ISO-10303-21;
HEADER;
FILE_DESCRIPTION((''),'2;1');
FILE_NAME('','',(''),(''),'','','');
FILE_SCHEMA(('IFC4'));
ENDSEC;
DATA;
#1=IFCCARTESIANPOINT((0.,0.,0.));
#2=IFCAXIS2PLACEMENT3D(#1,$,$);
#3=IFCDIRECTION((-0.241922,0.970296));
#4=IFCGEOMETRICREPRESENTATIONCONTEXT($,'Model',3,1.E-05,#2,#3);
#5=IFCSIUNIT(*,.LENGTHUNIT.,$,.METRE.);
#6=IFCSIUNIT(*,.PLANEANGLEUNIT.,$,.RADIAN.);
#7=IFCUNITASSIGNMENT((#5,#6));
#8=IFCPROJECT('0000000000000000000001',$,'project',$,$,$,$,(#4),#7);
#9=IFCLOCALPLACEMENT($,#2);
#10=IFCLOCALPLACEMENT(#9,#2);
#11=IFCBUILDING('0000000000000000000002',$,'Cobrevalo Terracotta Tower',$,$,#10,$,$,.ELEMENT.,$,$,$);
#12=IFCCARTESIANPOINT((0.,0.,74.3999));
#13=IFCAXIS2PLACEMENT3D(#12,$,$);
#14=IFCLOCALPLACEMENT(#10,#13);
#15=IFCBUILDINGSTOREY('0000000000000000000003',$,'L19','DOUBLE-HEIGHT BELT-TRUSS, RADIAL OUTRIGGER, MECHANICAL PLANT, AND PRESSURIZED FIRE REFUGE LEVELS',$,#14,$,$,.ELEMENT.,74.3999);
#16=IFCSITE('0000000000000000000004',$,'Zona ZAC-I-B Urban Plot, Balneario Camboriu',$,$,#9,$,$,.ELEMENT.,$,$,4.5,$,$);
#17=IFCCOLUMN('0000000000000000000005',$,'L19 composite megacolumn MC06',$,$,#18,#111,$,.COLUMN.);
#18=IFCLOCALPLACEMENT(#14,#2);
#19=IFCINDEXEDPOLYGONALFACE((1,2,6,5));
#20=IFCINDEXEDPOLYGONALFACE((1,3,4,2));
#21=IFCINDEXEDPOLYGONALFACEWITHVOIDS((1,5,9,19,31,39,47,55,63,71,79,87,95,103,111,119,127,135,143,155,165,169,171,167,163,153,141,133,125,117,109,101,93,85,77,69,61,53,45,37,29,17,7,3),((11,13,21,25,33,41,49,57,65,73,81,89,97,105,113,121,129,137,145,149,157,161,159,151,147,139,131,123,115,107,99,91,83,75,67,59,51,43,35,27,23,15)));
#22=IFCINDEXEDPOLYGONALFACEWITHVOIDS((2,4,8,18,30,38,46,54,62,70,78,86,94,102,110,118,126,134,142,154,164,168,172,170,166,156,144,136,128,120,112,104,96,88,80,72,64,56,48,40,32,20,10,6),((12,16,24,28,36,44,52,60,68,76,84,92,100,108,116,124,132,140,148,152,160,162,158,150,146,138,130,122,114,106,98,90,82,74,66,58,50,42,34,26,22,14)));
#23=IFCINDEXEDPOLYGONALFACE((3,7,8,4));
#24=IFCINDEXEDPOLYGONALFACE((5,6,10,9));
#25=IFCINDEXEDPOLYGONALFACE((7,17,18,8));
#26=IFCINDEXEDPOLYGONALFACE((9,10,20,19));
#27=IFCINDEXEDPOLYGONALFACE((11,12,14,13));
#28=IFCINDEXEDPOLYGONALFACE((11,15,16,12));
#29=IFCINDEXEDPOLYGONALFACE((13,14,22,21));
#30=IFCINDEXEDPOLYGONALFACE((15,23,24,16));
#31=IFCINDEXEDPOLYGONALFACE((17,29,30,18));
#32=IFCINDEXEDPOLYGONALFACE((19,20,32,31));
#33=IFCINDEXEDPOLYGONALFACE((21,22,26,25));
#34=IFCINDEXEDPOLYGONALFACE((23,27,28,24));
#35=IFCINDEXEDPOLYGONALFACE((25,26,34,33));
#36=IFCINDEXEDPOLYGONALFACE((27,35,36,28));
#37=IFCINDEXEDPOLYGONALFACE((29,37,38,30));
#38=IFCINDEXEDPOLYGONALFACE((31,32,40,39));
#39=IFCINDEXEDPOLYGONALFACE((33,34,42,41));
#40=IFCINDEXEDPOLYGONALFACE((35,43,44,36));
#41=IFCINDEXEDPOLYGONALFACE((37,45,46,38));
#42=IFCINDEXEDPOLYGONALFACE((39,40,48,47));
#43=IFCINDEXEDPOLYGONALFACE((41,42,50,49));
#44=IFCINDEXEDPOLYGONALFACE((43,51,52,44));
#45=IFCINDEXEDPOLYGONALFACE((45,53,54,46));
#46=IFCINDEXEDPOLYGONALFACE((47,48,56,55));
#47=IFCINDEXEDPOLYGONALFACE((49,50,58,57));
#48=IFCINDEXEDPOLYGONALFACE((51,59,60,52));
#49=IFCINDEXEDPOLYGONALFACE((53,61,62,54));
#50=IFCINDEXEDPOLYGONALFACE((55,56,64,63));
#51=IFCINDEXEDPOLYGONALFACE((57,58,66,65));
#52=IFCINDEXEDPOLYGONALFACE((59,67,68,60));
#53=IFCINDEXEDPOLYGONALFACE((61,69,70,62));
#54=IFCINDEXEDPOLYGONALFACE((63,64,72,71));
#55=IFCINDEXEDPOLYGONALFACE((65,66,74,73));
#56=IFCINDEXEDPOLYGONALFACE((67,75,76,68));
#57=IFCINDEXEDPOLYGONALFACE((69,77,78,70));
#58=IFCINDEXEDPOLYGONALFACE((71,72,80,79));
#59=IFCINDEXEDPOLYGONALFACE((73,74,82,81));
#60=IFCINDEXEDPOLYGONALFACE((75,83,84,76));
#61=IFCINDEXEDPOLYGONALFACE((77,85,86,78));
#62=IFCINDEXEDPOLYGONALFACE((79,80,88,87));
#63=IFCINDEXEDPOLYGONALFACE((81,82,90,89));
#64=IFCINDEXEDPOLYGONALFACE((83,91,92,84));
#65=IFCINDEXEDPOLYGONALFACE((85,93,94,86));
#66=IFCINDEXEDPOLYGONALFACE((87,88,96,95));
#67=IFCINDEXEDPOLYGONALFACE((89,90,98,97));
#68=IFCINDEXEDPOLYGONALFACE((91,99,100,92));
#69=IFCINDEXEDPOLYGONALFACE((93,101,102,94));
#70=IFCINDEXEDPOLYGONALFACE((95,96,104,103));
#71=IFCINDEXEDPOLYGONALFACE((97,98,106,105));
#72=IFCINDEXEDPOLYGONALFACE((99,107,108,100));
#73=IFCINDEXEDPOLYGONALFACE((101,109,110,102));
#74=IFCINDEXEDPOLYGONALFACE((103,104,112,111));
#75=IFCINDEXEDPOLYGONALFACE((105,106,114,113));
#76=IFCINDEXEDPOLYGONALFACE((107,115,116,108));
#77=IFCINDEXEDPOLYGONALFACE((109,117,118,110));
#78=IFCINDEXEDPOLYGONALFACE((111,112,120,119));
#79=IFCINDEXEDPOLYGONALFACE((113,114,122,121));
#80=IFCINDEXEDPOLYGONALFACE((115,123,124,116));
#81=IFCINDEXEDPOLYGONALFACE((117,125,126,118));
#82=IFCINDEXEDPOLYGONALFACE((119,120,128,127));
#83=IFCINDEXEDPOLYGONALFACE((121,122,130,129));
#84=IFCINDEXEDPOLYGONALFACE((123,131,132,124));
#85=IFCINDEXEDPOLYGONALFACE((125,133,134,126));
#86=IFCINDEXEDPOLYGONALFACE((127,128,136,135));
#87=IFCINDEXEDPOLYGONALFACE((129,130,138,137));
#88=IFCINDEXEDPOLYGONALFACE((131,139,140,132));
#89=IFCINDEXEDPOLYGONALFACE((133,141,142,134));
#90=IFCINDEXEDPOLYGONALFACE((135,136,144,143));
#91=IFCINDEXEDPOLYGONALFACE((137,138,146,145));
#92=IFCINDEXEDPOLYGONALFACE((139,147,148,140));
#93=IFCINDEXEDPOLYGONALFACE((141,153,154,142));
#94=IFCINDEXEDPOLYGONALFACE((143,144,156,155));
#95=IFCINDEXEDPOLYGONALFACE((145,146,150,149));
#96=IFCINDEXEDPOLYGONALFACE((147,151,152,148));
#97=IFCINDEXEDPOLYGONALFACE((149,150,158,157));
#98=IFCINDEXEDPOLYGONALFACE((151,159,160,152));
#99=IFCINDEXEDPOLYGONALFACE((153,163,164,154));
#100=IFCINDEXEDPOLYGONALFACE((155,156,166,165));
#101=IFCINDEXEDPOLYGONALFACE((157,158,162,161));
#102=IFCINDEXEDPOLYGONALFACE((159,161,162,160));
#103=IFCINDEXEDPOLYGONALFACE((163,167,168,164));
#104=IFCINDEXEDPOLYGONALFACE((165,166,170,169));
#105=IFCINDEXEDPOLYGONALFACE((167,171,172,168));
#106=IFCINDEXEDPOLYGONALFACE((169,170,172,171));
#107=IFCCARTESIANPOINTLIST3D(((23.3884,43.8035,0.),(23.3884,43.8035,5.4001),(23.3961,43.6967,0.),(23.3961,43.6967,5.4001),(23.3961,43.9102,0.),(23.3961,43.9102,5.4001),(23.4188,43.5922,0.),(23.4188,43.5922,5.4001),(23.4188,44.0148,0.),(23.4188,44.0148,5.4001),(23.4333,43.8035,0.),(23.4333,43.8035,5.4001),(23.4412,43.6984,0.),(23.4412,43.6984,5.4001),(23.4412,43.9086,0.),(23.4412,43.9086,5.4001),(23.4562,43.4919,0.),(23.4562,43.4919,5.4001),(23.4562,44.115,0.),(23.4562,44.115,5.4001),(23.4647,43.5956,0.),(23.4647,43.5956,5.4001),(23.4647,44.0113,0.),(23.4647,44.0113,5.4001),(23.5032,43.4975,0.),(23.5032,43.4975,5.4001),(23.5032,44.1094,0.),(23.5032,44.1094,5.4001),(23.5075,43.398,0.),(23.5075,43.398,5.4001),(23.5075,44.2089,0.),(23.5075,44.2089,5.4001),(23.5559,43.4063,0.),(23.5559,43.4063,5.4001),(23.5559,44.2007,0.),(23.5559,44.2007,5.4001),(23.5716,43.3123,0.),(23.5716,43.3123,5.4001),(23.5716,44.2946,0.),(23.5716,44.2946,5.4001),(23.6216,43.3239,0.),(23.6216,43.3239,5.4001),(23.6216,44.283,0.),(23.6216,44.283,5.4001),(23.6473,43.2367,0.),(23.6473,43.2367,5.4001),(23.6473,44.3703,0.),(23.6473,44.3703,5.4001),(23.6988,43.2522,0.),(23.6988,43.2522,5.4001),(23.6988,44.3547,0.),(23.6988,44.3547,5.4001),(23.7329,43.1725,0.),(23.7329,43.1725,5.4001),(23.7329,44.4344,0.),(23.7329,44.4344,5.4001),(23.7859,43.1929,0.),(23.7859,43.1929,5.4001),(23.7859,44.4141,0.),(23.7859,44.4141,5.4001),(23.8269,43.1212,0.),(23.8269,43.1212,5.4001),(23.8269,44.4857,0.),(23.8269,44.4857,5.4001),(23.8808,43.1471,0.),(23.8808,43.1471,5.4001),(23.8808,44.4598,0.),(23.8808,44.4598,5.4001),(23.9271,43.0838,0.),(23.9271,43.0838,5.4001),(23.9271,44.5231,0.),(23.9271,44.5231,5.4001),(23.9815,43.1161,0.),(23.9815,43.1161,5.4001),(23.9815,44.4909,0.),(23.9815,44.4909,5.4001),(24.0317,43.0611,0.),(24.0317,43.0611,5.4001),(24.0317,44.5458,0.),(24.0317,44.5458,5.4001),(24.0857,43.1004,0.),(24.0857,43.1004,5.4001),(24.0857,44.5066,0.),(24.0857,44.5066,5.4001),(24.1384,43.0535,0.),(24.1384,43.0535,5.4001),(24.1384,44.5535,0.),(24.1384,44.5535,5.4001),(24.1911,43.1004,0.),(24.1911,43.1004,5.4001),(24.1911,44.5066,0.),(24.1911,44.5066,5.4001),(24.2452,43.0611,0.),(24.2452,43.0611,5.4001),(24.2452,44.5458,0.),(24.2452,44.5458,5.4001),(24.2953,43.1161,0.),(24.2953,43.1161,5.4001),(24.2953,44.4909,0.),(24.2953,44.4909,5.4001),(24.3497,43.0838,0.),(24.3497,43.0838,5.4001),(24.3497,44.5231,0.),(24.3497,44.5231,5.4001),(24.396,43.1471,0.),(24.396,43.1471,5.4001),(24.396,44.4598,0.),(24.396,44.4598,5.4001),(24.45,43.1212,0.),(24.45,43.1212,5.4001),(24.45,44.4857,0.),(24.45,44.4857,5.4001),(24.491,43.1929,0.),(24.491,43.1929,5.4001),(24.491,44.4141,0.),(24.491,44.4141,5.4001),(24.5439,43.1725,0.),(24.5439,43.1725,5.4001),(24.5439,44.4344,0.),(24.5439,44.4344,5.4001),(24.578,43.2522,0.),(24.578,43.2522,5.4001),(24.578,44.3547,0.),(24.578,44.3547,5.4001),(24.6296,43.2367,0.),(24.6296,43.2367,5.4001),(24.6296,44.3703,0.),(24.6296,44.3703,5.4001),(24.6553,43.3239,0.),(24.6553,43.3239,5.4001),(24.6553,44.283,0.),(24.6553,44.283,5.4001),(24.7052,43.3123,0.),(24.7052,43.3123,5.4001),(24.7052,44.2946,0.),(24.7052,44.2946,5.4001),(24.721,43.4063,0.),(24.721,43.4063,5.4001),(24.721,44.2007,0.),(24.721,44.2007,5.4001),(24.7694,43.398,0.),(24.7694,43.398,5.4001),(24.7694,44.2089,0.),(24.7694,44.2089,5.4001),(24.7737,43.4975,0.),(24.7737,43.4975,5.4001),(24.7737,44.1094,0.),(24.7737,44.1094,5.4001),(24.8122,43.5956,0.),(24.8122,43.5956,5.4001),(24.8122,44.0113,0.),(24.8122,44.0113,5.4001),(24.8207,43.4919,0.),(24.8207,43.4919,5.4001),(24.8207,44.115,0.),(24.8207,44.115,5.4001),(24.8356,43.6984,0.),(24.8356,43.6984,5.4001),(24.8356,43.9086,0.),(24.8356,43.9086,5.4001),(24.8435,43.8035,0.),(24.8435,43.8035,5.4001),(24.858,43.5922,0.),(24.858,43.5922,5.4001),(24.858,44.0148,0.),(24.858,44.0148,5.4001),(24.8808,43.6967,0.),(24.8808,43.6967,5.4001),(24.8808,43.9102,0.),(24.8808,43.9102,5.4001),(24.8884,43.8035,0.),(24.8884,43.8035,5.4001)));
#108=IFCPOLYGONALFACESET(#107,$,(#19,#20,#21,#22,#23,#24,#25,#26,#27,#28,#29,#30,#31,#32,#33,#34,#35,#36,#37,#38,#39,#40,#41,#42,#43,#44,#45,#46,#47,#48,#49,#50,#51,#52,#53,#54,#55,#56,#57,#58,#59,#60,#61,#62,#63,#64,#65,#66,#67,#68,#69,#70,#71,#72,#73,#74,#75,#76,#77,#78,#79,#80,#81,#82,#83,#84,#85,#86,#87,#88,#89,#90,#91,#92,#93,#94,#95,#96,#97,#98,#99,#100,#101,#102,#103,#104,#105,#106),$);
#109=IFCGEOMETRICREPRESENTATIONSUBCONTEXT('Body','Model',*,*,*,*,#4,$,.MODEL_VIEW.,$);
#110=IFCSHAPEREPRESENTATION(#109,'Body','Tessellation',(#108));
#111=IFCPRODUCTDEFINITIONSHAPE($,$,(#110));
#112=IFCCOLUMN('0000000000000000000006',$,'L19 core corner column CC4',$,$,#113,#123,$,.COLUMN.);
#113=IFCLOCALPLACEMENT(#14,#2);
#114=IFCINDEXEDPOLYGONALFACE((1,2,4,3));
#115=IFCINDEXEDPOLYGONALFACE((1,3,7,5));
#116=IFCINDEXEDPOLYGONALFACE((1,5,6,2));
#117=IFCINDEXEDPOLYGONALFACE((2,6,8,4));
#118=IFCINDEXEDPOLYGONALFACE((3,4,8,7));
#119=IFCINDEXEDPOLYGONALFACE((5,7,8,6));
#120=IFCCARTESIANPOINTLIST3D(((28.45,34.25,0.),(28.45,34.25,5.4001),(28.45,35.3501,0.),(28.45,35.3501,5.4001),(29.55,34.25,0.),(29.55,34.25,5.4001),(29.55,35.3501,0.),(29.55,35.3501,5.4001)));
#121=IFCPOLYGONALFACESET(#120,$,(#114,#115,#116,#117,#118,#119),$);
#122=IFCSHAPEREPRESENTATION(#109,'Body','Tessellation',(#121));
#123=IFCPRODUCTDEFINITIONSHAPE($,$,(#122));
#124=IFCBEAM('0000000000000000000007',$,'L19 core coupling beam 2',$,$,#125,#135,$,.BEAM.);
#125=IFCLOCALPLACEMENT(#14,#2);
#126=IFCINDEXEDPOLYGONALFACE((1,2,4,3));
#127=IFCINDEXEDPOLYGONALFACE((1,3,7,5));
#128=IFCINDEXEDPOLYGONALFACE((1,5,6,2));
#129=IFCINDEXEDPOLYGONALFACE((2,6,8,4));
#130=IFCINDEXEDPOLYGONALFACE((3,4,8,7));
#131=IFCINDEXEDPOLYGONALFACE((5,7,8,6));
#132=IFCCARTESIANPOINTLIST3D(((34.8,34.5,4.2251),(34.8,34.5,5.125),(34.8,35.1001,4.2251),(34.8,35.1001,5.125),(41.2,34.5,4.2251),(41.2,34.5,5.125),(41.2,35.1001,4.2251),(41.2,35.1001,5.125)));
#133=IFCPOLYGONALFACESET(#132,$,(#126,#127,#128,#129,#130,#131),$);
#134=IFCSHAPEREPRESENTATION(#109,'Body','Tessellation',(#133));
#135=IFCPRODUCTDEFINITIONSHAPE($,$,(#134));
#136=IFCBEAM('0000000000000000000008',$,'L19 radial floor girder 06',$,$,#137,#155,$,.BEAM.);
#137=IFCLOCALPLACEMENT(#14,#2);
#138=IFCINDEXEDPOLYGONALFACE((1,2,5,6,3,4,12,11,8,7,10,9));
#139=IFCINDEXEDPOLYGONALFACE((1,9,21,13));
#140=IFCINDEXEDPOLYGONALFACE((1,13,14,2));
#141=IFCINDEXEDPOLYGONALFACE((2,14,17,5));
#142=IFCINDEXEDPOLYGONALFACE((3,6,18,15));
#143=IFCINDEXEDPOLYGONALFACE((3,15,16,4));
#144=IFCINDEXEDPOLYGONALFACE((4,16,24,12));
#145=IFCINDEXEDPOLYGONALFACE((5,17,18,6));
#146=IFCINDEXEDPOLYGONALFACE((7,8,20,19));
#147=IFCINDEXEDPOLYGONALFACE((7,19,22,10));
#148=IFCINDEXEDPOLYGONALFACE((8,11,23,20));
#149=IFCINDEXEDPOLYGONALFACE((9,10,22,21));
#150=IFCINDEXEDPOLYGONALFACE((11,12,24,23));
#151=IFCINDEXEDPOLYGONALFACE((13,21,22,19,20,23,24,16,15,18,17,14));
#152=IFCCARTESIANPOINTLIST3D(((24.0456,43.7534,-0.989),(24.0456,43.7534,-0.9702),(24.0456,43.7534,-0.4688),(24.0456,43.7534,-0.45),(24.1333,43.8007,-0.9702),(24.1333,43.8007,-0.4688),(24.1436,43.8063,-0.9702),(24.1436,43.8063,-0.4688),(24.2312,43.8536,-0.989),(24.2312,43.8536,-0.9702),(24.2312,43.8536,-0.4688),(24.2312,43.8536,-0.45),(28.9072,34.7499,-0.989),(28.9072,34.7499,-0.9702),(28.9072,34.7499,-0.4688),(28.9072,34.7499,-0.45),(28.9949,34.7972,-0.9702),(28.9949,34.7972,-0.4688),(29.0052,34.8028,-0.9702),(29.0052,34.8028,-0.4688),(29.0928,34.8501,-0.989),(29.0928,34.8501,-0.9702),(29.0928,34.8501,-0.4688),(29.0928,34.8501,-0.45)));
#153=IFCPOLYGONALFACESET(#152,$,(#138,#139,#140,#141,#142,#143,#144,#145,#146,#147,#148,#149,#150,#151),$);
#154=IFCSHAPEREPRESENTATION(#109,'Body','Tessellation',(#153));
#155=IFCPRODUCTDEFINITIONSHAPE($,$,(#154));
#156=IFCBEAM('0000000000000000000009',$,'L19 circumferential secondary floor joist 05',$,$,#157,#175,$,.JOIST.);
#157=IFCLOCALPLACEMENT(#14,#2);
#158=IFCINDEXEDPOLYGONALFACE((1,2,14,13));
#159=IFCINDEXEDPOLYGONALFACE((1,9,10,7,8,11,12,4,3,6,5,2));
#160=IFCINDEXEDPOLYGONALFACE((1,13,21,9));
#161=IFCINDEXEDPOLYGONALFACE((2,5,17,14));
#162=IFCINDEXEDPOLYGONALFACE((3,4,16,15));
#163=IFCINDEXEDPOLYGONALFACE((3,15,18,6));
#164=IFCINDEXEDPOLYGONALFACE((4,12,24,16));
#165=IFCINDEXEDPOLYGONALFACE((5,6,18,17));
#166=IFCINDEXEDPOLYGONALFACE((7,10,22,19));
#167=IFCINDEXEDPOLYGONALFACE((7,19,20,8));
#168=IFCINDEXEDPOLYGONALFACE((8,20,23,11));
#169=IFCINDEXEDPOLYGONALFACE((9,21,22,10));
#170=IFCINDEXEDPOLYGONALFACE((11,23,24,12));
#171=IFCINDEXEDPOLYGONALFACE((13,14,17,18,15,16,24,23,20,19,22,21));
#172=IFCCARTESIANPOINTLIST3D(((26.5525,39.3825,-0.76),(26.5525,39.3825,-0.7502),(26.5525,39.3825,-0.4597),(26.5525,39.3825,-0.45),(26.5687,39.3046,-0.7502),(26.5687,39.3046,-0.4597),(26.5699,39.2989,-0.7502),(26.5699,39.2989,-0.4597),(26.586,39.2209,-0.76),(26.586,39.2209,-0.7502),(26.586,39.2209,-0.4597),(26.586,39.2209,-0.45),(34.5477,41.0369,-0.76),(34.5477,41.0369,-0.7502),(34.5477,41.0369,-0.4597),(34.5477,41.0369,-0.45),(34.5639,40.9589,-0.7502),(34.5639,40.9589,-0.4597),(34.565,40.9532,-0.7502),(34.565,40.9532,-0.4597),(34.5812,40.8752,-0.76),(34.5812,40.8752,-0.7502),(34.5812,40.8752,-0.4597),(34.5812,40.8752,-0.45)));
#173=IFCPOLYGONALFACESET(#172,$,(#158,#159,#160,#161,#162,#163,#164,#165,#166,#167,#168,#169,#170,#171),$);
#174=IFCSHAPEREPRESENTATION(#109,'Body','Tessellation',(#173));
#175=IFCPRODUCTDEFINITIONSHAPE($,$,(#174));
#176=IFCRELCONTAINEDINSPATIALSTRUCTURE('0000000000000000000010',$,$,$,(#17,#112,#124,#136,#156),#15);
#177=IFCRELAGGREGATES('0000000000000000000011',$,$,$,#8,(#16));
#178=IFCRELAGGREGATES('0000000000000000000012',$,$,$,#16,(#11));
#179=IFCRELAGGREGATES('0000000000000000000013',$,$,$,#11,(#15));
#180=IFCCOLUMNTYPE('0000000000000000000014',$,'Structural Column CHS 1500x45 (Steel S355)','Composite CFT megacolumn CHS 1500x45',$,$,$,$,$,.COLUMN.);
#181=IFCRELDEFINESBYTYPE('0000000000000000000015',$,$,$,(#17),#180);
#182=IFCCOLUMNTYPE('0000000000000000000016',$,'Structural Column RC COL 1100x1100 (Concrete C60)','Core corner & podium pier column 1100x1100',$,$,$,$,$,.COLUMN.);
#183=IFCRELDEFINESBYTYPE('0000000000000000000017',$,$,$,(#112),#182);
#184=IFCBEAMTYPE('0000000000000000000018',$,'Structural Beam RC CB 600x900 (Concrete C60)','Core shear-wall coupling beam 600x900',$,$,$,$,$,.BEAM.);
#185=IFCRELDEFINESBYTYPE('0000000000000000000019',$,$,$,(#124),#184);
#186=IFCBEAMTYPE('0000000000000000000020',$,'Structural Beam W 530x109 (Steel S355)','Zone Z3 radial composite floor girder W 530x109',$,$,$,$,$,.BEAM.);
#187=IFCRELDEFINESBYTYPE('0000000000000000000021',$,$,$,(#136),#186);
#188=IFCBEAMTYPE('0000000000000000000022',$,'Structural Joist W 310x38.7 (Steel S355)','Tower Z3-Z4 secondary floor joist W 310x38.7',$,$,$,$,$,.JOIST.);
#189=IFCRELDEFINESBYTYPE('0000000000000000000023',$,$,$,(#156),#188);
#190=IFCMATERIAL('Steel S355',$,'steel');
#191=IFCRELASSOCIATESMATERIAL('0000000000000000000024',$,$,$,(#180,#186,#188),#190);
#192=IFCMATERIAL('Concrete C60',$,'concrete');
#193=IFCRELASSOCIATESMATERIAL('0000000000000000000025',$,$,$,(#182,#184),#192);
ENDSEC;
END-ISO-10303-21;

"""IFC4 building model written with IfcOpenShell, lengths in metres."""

from ifc_helpers import new_model, si_unit, direction, frame, origin, origin_2d, place, context, subcontext, project, spatial, rectangle, hollow_circle, i_section, extrude, material, material_profile, profile_set, type_object, element, save


model = new_model("IFC4")

# Units and contexts
model_context = context("Model", 3, precision=1e-05, world=origin(), true_north=direction((-0.241922, 0.970296)))
body_context = subcontext(model_context, "Body", "Model", "MODEL_VIEW")
ifc_project = project(units=[si_unit("LENGTHUNIT", "METRE"), si_unit("PLANEANGLEUNIT", "RADIAN")], contexts=[model_context])

# Site, building, storey
site_placement = place(None, origin())
site = spatial("IfcSite", under=ifc_project, at=site_placement, Name="Zona ZAC-I-B Urban Plot, Balneario Camboriu", CompositionType="ELEMENT", RefElevation=4.5)
building_placement = place(site_placement, origin())
building = spatial("IfcBuilding", under=site, at=building_placement, Name="Cobrevalo Terracotta Tower", CompositionType="ELEMENT")
storey_placement = place(building_placement, frame((0.0, 0.0, 74.3999)))
storey = spatial("IfcBuildingStorey", under=building, at=storey_placement, Name="L19", Description="DOUBLE-HEIGHT BELT-TRUSS, RADIAL OUTRIGGER, MECHANICAL PLANT, AND PRESSURIZED FIRE REFUGE LEVELS", CompositionType="ELEMENT", Elevation=74.3999)

# Columns
ifc_material_1 = material(Name="Steel S355", Category="steel")
ifc_material_profile_1 = material_profile(ifc_material_1, hollow_circle(Radius=0.75, WallThickness=0.0449, at=origin_2d()), Name="CHS 1500x45")
ifc_profile_set_1 = profile_set([ifc_material_profile_1], Name="Steel S355")
column_type_1 = type_object("IfcColumnType", Name="Structural Column CHS 1500x45 (Steel S355)", Description="Composite CFT megacolumn CHS 1500x45", PredefinedType="COLUMN", material=ifc_profile_set_1)
column_1_placement = place(storey_placement, frame((24.1384, 43.8035, 0.0), z_axis=(0.0, 0.0, 1.0), x_axis=(1.0, 0.0, 0.0)))
element("IfcColumn", 1, at=column_1_placement, inside=storey, type_object=column_type_1, Name="L19 composite megacolumn MC06", PredefinedType="COLUMN", context=body_context, shape_type="SweptSolid", body=[
    extrude(hollow_circle(Radius=0.75, WallThickness=0.0449, at=origin_2d()), origin(), (0.0, 0.0, 1.0), 5.4001),
])
ifc_material_2 = material(Name="Concrete C60", Category="concrete")
ifc_material_profile_2 = material_profile(ifc_material_2, rectangle(XDim=1.1001, YDim=1.1001, at=origin_2d()), Name="RC COL 1100x1100")
ifc_profile_set_2 = profile_set([ifc_material_profile_2], Name="Concrete C60")
column_type_2 = type_object("IfcColumnType", Name="Structural Column RC COL 1100x1100 (Concrete C60)", Description="Core corner & podium pier column 1100x1100", PredefinedType="COLUMN", material=ifc_profile_set_2)
column_2_placement = place(storey_placement, frame((29.0, 34.8, 0.0), z_axis=(0.0, 0.0, 1.0), x_axis=(1.0, 0.0, 0.0)))
element("IfcColumn", 2, at=column_2_placement, inside=storey, type_object=column_type_2, Name="L19 core corner column CC4", PredefinedType="COLUMN", context=body_context, shape_type="SweptSolid", body=[
    extrude(rectangle(XDim=1.1001, YDim=1.1001, at=origin_2d()), origin(), (0.0, 0.0, 1.0), 5.4001),
])

# Beams
ifc_material_profile_3 = material_profile(ifc_material_2, rectangle(XDim=0.6001, YDim=0.8999, at=origin_2d()), Name="RC CB 600x900")
ifc_profile_set_3 = profile_set([ifc_material_profile_3], Name="Concrete C60")
beam_type_1 = type_object("IfcBeamType", Name="Structural Beam RC CB 600x900 (Concrete C60)", Description="Core shear-wall coupling beam 600x900", PredefinedType="BEAM", material=ifc_profile_set_3)
beam_1_placement = place(storey_placement, frame((34.8, 34.8, 4.675), z_axis=(1.0, 0.0, 0.0), x_axis=(0.0, 1.0, 0.0)))
element("IfcBeam", 3, at=beam_1_placement, inside=storey, type_object=beam_type_1, Name="L19 core coupling beam 2", PredefinedType="BEAM", context=body_context, shape_type="SweptSolid", body=[
    extrude(rectangle(XDim=0.6001, YDim=0.8999, at=origin_2d()), origin(), (0.0, 0.0, 1.0), 6.3999),
])
ifc_material_profile_4 = material_profile(ifc_material_1, i_section(OverallWidth=0.2109, OverallDepth=0.5391, WebThickness=0.0117, FlangeThickness=0.0188, at=origin_2d()), Name="W 530x109")
ifc_profile_set_4 = profile_set([ifc_material_profile_4], Name="Steel S355")
beam_type_2 = type_object("IfcBeamType", Name="Structural Beam W 530x109 (Steel S355)", Description="Zone Z3 radial composite floor girder W 530x109", PredefinedType="BEAM", material=ifc_profile_set_4)
beam_2_placement = place(storey_placement, frame((24.1384, 43.8035, -0.7195), z_axis=(0.475128, -0.879917, 0.0), x_axis=(0.879917, 0.475128, 0.0)))
element("IfcBeam", 4, at=beam_2_placement, inside=storey, type_object=beam_type_2, Name="L19 radial floor girder 06", PredefinedType="BEAM", context=body_context, shape_type="SweptSolid", body=[
    extrude(i_section(OverallWidth=0.2109, OverallDepth=0.5391, WebThickness=0.0117, FlangeThickness=0.0188, at=origin_2d()), origin(), (0.0, 0.0, 1.0), 10.2322),
])
ifc_material_profile_5 = material_profile(ifc_material_1, i_section(OverallWidth=0.165, OverallDepth=0.3101, WebThickness=0.0059, FlangeThickness=0.0098, at=origin_2d()), Name="W 310x38.7")
ifc_profile_set_5 = profile_set([ifc_material_profile_5], Name="Steel S355")
beam_type_3 = type_object("IfcBeamType", Name="Structural Joist W 310x38.7 (Steel S355)", Description="Tower Z3-Z4 secondary floor joist W 310x38.7", PredefinedType="JOIST", material=ifc_profile_set_5)
beam_3_placement = place(storey_placement, frame((34.5645, 40.9561, -0.605), z_axis=(-0.979257, -0.202621, 0.0), x_axis=(0.202621, -0.979257, 0.0)))
element("IfcBeam", 5, at=beam_3_placement, inside=storey, type_object=beam_type_3, Name="L19 circumferential secondary floor joist 05", PredefinedType="JOIST", context=body_context, shape_type="SweptSolid", body=[
    extrude(i_section(OverallWidth=0.165, OverallDepth=0.3101, WebThickness=0.0059, FlangeThickness=0.0098, at=origin_2d()), origin(), (0.0, 0.0, 1.0), 8.1646),
])

save(model, "model.ifc")
